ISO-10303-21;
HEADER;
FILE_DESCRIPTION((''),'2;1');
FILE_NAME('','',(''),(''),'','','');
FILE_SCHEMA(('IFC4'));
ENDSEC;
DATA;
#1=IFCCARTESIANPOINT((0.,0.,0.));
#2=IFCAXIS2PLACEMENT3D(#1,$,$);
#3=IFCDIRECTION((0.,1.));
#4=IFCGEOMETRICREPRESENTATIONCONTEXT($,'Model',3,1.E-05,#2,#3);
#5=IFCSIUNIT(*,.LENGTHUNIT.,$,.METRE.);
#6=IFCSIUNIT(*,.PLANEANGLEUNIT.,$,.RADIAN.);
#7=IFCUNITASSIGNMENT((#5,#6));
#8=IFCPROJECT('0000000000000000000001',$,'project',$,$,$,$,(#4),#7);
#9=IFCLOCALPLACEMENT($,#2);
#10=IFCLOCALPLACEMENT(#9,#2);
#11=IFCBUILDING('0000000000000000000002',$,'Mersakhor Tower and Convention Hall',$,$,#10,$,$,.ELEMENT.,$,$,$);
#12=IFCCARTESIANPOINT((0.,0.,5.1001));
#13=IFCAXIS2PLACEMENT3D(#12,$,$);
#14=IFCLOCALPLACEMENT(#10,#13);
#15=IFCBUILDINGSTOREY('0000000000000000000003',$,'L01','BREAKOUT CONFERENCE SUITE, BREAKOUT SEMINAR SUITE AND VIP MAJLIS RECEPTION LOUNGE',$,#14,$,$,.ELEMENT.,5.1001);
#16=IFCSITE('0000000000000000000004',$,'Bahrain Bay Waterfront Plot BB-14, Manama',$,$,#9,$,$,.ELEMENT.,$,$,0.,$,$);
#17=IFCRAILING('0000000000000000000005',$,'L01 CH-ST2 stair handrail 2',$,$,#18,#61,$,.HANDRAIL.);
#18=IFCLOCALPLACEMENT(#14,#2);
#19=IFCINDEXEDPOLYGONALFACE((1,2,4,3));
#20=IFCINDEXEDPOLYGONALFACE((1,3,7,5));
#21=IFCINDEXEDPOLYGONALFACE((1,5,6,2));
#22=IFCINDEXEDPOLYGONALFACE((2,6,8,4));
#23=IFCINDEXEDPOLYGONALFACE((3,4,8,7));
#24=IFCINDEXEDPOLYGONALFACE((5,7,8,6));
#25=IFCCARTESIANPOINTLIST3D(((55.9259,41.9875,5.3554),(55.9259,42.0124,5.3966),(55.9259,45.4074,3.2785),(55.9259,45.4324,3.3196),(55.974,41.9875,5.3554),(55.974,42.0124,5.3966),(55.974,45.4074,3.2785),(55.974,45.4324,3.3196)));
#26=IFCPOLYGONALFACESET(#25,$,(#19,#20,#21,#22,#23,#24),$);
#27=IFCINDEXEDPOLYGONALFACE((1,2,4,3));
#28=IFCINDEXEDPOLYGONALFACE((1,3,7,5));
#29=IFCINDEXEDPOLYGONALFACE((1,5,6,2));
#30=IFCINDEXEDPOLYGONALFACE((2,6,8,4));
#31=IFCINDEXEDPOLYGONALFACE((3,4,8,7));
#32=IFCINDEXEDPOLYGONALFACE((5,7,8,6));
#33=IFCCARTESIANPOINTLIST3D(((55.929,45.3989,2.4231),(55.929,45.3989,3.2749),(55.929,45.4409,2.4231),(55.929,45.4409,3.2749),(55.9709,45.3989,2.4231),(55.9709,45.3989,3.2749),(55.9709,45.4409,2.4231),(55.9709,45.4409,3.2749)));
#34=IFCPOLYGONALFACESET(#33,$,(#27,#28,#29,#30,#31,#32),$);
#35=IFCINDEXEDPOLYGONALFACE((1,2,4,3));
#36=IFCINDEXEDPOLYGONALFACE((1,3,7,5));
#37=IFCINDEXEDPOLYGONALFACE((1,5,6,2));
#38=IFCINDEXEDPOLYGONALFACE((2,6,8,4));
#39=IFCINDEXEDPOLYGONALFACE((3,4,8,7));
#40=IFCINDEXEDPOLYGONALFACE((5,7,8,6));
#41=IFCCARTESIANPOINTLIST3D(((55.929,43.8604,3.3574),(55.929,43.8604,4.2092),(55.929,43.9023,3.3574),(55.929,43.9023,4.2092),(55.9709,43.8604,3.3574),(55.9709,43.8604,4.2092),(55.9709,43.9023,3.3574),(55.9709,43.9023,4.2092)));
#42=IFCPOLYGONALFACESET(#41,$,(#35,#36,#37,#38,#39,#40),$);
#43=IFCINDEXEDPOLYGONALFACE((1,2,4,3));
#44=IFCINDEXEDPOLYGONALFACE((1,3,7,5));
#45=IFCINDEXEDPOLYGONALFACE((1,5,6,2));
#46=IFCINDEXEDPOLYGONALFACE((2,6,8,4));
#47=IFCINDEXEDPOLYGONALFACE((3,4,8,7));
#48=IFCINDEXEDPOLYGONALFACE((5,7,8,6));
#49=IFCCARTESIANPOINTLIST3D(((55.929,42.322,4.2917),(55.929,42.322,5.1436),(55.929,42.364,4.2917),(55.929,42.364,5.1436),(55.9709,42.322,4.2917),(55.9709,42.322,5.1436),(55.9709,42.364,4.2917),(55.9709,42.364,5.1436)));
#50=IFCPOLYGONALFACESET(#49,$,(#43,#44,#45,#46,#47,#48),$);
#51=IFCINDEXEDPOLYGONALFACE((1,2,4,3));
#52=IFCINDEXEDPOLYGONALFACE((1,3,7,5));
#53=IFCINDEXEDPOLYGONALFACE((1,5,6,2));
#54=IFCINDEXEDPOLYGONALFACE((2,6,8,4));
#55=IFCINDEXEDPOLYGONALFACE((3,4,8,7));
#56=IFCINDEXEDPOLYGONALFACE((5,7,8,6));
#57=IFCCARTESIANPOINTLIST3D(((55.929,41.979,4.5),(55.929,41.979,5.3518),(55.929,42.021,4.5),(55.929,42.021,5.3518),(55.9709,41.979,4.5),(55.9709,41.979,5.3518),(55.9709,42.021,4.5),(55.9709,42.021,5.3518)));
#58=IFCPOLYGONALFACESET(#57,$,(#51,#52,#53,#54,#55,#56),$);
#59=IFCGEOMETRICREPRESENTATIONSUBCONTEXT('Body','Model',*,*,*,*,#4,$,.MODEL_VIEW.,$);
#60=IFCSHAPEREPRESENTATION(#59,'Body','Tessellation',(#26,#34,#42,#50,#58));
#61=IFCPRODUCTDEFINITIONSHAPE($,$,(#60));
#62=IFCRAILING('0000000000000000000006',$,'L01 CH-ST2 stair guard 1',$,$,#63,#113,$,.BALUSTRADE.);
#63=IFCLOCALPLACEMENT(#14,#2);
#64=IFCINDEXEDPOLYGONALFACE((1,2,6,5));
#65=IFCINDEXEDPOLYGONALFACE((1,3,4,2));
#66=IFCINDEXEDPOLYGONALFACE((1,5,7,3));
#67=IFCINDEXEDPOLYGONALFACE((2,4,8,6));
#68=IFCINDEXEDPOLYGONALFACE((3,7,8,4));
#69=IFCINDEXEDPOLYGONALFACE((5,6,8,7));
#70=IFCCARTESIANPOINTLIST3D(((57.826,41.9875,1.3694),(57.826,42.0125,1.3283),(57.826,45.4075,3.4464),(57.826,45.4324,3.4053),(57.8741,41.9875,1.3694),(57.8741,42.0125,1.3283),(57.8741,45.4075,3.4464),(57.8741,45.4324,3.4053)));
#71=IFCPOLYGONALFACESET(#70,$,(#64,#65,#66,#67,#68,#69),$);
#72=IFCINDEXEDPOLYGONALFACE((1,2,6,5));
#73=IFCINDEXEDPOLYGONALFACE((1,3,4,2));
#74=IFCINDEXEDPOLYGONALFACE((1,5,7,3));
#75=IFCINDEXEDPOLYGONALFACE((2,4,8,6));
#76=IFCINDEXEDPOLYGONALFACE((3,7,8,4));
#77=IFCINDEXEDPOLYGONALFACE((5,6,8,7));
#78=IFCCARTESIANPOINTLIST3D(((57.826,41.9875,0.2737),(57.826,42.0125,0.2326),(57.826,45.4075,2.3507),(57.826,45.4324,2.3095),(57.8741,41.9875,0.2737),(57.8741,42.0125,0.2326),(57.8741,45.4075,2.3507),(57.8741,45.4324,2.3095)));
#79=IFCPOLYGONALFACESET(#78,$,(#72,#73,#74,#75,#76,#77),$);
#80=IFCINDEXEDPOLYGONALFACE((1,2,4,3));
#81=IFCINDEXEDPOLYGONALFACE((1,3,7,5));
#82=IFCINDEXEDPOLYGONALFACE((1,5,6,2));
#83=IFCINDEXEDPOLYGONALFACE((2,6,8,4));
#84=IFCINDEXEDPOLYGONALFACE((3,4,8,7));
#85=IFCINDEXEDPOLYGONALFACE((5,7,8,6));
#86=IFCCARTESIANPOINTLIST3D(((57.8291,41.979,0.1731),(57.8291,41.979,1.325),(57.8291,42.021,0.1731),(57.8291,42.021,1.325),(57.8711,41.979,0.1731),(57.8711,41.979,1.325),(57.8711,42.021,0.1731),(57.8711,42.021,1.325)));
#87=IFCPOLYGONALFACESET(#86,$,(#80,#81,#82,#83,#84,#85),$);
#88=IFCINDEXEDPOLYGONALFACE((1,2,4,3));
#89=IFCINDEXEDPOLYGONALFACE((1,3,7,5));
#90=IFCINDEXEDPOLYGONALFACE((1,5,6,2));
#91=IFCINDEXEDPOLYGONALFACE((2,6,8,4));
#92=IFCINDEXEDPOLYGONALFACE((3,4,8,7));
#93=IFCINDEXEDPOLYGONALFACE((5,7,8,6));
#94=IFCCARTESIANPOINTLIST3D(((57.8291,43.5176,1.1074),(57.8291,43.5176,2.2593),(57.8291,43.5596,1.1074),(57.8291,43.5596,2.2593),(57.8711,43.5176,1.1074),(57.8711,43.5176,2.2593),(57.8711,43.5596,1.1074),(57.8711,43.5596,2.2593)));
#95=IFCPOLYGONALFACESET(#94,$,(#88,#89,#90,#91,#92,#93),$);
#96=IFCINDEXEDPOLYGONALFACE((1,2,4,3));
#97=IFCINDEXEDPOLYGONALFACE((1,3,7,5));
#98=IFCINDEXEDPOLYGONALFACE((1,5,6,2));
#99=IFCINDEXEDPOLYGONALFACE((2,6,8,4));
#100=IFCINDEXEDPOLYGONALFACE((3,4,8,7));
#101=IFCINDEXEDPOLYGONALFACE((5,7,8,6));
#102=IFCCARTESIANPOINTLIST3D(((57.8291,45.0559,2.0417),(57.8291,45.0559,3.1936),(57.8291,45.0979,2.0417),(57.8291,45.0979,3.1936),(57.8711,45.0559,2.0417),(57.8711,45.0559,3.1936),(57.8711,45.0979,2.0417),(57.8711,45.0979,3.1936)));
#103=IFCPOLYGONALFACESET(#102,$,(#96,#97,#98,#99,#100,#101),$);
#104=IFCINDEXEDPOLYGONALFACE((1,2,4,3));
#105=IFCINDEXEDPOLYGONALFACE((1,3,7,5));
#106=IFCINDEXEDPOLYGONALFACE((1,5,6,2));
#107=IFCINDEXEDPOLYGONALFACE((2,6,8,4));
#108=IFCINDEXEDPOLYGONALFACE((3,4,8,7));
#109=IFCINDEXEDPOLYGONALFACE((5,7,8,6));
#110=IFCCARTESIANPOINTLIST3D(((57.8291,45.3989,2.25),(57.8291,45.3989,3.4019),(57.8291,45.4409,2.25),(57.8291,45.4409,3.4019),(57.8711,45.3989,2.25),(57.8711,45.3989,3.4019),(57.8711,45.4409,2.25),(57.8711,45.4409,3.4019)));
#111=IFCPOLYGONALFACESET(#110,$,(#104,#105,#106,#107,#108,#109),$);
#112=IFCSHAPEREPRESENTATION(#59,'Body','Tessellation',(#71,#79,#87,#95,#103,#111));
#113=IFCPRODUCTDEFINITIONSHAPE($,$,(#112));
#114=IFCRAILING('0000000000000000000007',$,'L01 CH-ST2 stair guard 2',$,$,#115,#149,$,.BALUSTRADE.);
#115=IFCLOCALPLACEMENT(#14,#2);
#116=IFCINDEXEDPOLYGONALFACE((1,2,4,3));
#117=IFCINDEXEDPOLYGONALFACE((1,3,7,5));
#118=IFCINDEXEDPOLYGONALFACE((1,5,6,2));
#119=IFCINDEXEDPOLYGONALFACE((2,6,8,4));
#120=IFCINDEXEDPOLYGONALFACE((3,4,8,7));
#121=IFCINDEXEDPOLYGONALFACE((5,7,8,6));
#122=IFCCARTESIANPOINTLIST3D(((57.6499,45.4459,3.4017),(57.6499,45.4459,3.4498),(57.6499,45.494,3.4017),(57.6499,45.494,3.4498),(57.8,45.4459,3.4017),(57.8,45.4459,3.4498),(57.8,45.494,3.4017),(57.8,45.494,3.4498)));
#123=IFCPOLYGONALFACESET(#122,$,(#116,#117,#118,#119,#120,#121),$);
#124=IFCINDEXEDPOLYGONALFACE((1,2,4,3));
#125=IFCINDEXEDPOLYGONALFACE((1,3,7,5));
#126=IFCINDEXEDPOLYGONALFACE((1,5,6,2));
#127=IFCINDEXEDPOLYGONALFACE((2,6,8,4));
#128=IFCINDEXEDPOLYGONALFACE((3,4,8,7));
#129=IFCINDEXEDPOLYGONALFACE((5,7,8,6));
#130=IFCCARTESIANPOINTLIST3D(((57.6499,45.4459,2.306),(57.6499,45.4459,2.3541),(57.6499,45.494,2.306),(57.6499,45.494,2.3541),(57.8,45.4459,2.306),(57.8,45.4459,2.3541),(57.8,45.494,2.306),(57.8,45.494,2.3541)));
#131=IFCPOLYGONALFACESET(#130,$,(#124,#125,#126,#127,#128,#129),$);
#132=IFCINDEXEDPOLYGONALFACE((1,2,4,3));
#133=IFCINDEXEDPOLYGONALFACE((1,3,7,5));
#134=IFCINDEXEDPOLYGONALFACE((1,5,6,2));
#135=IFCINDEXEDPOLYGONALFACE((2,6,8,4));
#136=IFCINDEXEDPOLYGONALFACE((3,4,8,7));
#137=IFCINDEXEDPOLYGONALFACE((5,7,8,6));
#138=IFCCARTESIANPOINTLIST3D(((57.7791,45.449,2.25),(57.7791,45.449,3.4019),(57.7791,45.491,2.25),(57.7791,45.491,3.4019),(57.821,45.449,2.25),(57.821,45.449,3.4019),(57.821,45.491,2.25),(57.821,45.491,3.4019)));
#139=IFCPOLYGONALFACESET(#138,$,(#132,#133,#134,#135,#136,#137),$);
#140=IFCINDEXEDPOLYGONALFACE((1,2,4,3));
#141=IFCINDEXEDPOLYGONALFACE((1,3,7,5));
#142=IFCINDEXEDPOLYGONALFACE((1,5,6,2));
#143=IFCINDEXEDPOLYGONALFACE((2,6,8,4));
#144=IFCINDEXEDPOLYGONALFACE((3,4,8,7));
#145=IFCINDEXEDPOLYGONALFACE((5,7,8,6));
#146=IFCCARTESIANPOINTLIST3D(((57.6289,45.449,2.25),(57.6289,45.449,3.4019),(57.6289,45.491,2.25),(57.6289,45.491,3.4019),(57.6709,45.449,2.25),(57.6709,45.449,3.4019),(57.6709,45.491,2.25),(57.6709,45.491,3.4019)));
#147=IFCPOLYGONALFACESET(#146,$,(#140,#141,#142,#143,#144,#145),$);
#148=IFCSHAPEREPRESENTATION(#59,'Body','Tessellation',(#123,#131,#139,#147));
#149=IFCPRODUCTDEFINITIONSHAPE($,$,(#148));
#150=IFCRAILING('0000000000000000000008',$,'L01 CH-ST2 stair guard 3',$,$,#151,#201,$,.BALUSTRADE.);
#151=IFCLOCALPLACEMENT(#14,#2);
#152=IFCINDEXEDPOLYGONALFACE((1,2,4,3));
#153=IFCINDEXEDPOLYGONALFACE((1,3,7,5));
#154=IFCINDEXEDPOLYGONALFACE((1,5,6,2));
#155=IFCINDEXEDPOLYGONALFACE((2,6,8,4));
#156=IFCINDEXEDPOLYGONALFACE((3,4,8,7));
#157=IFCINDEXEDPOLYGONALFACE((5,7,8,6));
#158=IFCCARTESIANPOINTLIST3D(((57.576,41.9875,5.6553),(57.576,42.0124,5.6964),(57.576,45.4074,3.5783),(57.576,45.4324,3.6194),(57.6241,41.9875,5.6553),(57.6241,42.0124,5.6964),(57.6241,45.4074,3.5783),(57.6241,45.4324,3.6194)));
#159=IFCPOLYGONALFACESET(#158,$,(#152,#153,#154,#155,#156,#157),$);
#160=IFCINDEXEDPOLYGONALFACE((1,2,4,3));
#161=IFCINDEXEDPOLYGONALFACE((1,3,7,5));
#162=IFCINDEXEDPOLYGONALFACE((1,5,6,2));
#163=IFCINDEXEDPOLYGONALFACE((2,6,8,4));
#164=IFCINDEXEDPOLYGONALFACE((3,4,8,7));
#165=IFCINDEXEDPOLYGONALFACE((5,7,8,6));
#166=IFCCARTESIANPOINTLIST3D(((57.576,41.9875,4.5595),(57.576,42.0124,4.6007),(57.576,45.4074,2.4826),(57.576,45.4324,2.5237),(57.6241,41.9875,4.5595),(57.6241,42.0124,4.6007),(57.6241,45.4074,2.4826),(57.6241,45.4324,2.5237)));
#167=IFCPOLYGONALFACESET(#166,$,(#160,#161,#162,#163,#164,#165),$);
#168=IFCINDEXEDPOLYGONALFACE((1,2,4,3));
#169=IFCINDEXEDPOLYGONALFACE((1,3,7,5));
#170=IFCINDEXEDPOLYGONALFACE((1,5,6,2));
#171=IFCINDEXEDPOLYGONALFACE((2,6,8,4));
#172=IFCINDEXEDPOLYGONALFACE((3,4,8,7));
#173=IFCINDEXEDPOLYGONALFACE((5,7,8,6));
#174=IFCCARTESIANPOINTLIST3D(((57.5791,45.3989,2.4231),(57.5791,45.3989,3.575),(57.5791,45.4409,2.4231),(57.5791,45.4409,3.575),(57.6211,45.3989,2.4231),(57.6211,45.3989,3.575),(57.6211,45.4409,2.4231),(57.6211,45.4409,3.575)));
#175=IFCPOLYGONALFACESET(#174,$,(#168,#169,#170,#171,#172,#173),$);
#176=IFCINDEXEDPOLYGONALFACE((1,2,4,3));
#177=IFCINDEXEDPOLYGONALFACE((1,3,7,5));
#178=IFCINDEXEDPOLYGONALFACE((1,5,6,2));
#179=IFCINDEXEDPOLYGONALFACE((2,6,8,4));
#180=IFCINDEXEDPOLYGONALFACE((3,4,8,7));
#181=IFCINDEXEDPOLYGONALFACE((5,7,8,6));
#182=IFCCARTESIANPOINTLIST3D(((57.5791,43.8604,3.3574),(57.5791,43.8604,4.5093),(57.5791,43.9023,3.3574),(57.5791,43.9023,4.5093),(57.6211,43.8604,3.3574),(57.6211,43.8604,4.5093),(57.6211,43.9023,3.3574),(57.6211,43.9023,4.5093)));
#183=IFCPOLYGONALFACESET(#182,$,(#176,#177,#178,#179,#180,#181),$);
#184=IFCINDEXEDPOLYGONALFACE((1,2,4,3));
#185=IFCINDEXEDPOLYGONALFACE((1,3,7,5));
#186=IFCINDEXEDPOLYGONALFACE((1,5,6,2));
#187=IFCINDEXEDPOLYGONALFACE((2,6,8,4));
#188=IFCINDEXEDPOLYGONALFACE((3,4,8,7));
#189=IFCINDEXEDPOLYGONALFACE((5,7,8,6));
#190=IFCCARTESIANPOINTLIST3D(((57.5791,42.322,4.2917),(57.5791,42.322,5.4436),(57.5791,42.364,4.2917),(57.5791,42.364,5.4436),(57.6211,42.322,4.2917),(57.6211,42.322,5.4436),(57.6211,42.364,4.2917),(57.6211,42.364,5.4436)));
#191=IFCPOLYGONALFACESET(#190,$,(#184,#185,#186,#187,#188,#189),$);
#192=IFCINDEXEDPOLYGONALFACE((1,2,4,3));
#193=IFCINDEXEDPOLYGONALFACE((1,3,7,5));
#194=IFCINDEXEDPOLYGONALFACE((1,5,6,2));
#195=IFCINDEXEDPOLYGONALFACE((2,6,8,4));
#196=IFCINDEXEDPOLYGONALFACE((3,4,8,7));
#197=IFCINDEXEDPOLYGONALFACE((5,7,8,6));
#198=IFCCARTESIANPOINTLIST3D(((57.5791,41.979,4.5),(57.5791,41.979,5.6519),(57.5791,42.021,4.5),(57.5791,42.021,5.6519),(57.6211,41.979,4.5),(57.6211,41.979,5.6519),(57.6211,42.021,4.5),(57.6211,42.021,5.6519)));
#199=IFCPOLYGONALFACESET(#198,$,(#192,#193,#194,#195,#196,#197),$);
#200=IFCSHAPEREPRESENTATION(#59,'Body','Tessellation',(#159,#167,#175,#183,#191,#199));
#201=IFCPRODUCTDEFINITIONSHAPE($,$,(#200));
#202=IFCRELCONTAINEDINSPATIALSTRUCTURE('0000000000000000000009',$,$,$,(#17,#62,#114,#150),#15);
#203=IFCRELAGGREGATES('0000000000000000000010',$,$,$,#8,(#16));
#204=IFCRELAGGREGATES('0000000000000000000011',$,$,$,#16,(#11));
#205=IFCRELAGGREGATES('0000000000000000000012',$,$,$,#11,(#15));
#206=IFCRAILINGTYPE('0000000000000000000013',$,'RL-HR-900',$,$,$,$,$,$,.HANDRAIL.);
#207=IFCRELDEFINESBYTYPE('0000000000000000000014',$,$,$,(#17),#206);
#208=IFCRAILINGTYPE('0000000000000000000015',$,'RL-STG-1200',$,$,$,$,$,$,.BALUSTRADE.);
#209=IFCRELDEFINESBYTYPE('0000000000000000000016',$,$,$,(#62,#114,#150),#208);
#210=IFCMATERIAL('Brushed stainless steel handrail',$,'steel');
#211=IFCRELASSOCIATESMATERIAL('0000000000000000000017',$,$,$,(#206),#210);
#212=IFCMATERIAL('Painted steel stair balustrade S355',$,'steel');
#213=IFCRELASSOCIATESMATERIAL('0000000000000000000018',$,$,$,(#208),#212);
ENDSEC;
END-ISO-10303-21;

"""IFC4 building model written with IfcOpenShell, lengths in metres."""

from ifc_helpers import new_model, si_unit, direction, frame, origin, origin_2d, place, context, subcontext, project, spatial, rectangle, extrude, material, type_object, element, save


model = new_model("IFC4")

# Units and contexts
model_context = context("Model", 3, precision=1e-05, world=origin(), true_north=direction((0.0, 1.0)))
body_context = subcontext(model_context, "Body", "Model", "MODEL_VIEW")
ifc_project = project(units=[si_unit("LENGTHUNIT", "METRE"), si_unit("PLANEANGLEUNIT", "RADIAN")], contexts=[model_context])

# Site, building, storey
site_placement = place(None, origin())
site = spatial("IfcSite", under=ifc_project, at=site_placement, Name="Bahrain Bay Waterfront Plot BB-14, Manama", CompositionType="ELEMENT", RefElevation=0.0)
building_placement = place(site_placement, origin())
building = spatial("IfcBuilding", under=site, at=building_placement, Name="Mersakhor Tower and Convention Hall", CompositionType="ELEMENT")
storey_placement = place(building_placement, frame((0.0, 0.0, 5.1001)))
storey = spatial("IfcBuildingStorey", under=building, at=storey_placement, Name="L01", Description="BREAKOUT CONFERENCE SUITE, BREAKOUT SEMINAR SUITE AND VIP MAJLIS RECEPTION LOUNGE", CompositionType="ELEMENT", Elevation=5.1001)

# Railings
ifc_material_1 = material(Name="Brushed stainless steel handrail", Category="steel")
railing_type_1 = type_object("IfcRailingType", Name="RL-HR-900", PredefinedType="HANDRAIL", material=ifc_material_1)
railing_1_placement = place(storey_placement, frame((55.95, 45.4199, 2.4231)))
element("IfcRailing", 1, at=railing_1_placement, inside=storey, type_object=railing_type_1, Name="L01 CH-ST2 stair handrail 2", PredefinedType="HANDRAIL", context=body_context, shape_type="SweptSolid", body=[
    extrude(rectangle(XDim=0.0481, YDim=0.0481, at=origin_2d()), frame((0.0, 0.0, 0.876), z_axis=(0.0, -0.85473, 0.519074), x_axis=(1.0, 0.0, 0.0)), (0.0, 0.0, 1.0), 4.0012),
    extrude(rectangle(XDim=0.042, YDim=0.042, at=origin_2d()), origin(), (0.0, 0.0, 1.0), 0.8518),
    extrude(rectangle(XDim=0.042, YDim=0.042, at=origin_2d()), frame((0.0, -1.5386, 0.9343)), (0.0, 0.0, 1.0), 0.8518),
    extrude(rectangle(XDim=0.042, YDim=0.042, at=origin_2d()), frame((0.0, -3.0769, 1.8687)), (0.0, 0.0, 1.0), 0.8518),
    extrude(rectangle(XDim=0.042, YDim=0.042, at=origin_2d()), frame((0.0, -3.4199, 2.0769)), (0.0, 0.0, 1.0), 0.8518),
])
ifc_material_2 = material(Name="Painted steel stair balustrade S355", Category="steel")
railing_type_2 = type_object("IfcRailingType", Name="RL-STG-1200", PredefinedType="BALUSTRADE", material=ifc_material_2)
railing_2_placement = place(storey_placement, frame((57.8501, 42.0, 0.1731)))
element("IfcRailing", 2, at=railing_2_placement, inside=storey, type_object=railing_type_2, Name="L01 CH-ST2 stair guard 1", PredefinedType="BALUSTRADE", context=body_context, shape_type="SweptSolid", body=[
    extrude(rectangle(XDim=0.0481, YDim=0.0481, at=origin_2d()), frame((0.0, 0.0, 1.1758), z_axis=(0.0, 0.85473, 0.519074), x_axis=(-1.0, 0.0, 0.0)), (0.0, 0.0, 1.0), 4.0012),
    extrude(rectangle(XDim=0.0481, YDim=0.0481, at=origin_2d()), frame((0.0, 0.0, 0.0801), z_axis=(0.0, 0.85473, 0.519074), x_axis=(-1.0, 0.0, 0.0)), (0.0, 0.0, 1.0), 4.0012),
    extrude(rectangle(XDim=0.042, YDim=0.042, at=origin_2d()), origin(), (0.0, 0.0, 1.0), 1.1519),
    extrude(rectangle(XDim=0.042, YDim=0.042, at=origin_2d()), frame((0.0, 1.5386, 0.9343)), (0.0, 0.0, 1.0), 1.1519),
    extrude(rectangle(XDim=0.042, YDim=0.042, at=origin_2d()), frame((0.0, 3.0769, 1.8687)), (0.0, 0.0, 1.0), 1.1519),
    extrude(rectangle(XDim=0.042, YDim=0.042, at=origin_2d()), frame((0.0, 3.4199, 2.0769)), (0.0, 0.0, 1.0), 1.1519),
])
railing_3_placement = place(storey_placement, frame((57.8, 45.47, 2.25)))
element("IfcRailing", 3, at=railing_3_placement, inside=storey, type_object=railing_type_2, Name="L01 CH-ST2 stair guard 2", PredefinedType="BALUSTRADE", context=body_context, shape_type="SweptSolid", body=[
    extrude(rectangle(XDim=0.0481, YDim=0.0481, at=origin_2d()), frame((0.0, 0.0, 1.1758), z_axis=(-1.0, 0.0, 0.0), x_axis=(0.0, -1.0, 0.0)), (0.0, 0.0, 1.0), 0.1501),
    extrude(rectangle(XDim=0.0481, YDim=0.0481, at=origin_2d()), frame((0.0, 0.0, 0.0801), z_axis=(-1.0, 0.0, 0.0), x_axis=(0.0, -1.0, 0.0)), (0.0, 0.0, 1.0), 0.1501),
    extrude(rectangle(XDim=0.042, YDim=0.042, at=origin_2d()), origin(), (0.0, 0.0, 1.0), 1.1519),
    extrude(rectangle(XDim=0.042, YDim=0.042, at=origin_2d()), frame((-0.1501, 0.0, 0.0)), (0.0, 0.0, 1.0), 1.1519),
])
railing_4_placement = place(storey_placement, frame((57.6001, 45.4199, 2.4231)))
element("IfcRailing", 4, at=railing_4_placement, inside=storey, type_object=railing_type_2, Name="L01 CH-ST2 stair guard 3", PredefinedType="BALUSTRADE", context=body_context, shape_type="SweptSolid", body=[
    extrude(rectangle(XDim=0.0481, YDim=0.0481, at=origin_2d()), frame((0.0, 0.0, 1.1758), z_axis=(0.0, -0.85473, 0.519074), x_axis=(1.0, 0.0, 0.0)), (0.0, 0.0, 1.0), 4.0012),
    extrude(rectangle(XDim=0.0481, YDim=0.0481, at=origin_2d()), frame((0.0, 0.0, 0.0801), z_axis=(0.0, -0.85473, 0.519074), x_axis=(1.0, 0.0, 0.0)), (0.0, 0.0, 1.0), 4.0012),
    extrude(rectangle(XDim=0.042, YDim=0.042, at=origin_2d()), origin(), (0.0, 0.0, 1.0), 1.1519),
    extrude(rectangle(XDim=0.042, YDim=0.042, at=origin_2d()), frame((0.0, -1.5386, 0.9343)), (0.0, 0.0, 1.0), 1.1519),
    extrude(rectangle(XDim=0.042, YDim=0.042, at=origin_2d()), frame((0.0, -3.0769, 1.8687)), (0.0, 0.0, 1.0), 1.1519),
    extrude(rectangle(XDim=0.042, YDim=0.042, at=origin_2d()), frame((0.0, -3.4199, 2.0769)), (0.0, 0.0, 1.0), 1.1519),
])

save(model, "model.ifc")
